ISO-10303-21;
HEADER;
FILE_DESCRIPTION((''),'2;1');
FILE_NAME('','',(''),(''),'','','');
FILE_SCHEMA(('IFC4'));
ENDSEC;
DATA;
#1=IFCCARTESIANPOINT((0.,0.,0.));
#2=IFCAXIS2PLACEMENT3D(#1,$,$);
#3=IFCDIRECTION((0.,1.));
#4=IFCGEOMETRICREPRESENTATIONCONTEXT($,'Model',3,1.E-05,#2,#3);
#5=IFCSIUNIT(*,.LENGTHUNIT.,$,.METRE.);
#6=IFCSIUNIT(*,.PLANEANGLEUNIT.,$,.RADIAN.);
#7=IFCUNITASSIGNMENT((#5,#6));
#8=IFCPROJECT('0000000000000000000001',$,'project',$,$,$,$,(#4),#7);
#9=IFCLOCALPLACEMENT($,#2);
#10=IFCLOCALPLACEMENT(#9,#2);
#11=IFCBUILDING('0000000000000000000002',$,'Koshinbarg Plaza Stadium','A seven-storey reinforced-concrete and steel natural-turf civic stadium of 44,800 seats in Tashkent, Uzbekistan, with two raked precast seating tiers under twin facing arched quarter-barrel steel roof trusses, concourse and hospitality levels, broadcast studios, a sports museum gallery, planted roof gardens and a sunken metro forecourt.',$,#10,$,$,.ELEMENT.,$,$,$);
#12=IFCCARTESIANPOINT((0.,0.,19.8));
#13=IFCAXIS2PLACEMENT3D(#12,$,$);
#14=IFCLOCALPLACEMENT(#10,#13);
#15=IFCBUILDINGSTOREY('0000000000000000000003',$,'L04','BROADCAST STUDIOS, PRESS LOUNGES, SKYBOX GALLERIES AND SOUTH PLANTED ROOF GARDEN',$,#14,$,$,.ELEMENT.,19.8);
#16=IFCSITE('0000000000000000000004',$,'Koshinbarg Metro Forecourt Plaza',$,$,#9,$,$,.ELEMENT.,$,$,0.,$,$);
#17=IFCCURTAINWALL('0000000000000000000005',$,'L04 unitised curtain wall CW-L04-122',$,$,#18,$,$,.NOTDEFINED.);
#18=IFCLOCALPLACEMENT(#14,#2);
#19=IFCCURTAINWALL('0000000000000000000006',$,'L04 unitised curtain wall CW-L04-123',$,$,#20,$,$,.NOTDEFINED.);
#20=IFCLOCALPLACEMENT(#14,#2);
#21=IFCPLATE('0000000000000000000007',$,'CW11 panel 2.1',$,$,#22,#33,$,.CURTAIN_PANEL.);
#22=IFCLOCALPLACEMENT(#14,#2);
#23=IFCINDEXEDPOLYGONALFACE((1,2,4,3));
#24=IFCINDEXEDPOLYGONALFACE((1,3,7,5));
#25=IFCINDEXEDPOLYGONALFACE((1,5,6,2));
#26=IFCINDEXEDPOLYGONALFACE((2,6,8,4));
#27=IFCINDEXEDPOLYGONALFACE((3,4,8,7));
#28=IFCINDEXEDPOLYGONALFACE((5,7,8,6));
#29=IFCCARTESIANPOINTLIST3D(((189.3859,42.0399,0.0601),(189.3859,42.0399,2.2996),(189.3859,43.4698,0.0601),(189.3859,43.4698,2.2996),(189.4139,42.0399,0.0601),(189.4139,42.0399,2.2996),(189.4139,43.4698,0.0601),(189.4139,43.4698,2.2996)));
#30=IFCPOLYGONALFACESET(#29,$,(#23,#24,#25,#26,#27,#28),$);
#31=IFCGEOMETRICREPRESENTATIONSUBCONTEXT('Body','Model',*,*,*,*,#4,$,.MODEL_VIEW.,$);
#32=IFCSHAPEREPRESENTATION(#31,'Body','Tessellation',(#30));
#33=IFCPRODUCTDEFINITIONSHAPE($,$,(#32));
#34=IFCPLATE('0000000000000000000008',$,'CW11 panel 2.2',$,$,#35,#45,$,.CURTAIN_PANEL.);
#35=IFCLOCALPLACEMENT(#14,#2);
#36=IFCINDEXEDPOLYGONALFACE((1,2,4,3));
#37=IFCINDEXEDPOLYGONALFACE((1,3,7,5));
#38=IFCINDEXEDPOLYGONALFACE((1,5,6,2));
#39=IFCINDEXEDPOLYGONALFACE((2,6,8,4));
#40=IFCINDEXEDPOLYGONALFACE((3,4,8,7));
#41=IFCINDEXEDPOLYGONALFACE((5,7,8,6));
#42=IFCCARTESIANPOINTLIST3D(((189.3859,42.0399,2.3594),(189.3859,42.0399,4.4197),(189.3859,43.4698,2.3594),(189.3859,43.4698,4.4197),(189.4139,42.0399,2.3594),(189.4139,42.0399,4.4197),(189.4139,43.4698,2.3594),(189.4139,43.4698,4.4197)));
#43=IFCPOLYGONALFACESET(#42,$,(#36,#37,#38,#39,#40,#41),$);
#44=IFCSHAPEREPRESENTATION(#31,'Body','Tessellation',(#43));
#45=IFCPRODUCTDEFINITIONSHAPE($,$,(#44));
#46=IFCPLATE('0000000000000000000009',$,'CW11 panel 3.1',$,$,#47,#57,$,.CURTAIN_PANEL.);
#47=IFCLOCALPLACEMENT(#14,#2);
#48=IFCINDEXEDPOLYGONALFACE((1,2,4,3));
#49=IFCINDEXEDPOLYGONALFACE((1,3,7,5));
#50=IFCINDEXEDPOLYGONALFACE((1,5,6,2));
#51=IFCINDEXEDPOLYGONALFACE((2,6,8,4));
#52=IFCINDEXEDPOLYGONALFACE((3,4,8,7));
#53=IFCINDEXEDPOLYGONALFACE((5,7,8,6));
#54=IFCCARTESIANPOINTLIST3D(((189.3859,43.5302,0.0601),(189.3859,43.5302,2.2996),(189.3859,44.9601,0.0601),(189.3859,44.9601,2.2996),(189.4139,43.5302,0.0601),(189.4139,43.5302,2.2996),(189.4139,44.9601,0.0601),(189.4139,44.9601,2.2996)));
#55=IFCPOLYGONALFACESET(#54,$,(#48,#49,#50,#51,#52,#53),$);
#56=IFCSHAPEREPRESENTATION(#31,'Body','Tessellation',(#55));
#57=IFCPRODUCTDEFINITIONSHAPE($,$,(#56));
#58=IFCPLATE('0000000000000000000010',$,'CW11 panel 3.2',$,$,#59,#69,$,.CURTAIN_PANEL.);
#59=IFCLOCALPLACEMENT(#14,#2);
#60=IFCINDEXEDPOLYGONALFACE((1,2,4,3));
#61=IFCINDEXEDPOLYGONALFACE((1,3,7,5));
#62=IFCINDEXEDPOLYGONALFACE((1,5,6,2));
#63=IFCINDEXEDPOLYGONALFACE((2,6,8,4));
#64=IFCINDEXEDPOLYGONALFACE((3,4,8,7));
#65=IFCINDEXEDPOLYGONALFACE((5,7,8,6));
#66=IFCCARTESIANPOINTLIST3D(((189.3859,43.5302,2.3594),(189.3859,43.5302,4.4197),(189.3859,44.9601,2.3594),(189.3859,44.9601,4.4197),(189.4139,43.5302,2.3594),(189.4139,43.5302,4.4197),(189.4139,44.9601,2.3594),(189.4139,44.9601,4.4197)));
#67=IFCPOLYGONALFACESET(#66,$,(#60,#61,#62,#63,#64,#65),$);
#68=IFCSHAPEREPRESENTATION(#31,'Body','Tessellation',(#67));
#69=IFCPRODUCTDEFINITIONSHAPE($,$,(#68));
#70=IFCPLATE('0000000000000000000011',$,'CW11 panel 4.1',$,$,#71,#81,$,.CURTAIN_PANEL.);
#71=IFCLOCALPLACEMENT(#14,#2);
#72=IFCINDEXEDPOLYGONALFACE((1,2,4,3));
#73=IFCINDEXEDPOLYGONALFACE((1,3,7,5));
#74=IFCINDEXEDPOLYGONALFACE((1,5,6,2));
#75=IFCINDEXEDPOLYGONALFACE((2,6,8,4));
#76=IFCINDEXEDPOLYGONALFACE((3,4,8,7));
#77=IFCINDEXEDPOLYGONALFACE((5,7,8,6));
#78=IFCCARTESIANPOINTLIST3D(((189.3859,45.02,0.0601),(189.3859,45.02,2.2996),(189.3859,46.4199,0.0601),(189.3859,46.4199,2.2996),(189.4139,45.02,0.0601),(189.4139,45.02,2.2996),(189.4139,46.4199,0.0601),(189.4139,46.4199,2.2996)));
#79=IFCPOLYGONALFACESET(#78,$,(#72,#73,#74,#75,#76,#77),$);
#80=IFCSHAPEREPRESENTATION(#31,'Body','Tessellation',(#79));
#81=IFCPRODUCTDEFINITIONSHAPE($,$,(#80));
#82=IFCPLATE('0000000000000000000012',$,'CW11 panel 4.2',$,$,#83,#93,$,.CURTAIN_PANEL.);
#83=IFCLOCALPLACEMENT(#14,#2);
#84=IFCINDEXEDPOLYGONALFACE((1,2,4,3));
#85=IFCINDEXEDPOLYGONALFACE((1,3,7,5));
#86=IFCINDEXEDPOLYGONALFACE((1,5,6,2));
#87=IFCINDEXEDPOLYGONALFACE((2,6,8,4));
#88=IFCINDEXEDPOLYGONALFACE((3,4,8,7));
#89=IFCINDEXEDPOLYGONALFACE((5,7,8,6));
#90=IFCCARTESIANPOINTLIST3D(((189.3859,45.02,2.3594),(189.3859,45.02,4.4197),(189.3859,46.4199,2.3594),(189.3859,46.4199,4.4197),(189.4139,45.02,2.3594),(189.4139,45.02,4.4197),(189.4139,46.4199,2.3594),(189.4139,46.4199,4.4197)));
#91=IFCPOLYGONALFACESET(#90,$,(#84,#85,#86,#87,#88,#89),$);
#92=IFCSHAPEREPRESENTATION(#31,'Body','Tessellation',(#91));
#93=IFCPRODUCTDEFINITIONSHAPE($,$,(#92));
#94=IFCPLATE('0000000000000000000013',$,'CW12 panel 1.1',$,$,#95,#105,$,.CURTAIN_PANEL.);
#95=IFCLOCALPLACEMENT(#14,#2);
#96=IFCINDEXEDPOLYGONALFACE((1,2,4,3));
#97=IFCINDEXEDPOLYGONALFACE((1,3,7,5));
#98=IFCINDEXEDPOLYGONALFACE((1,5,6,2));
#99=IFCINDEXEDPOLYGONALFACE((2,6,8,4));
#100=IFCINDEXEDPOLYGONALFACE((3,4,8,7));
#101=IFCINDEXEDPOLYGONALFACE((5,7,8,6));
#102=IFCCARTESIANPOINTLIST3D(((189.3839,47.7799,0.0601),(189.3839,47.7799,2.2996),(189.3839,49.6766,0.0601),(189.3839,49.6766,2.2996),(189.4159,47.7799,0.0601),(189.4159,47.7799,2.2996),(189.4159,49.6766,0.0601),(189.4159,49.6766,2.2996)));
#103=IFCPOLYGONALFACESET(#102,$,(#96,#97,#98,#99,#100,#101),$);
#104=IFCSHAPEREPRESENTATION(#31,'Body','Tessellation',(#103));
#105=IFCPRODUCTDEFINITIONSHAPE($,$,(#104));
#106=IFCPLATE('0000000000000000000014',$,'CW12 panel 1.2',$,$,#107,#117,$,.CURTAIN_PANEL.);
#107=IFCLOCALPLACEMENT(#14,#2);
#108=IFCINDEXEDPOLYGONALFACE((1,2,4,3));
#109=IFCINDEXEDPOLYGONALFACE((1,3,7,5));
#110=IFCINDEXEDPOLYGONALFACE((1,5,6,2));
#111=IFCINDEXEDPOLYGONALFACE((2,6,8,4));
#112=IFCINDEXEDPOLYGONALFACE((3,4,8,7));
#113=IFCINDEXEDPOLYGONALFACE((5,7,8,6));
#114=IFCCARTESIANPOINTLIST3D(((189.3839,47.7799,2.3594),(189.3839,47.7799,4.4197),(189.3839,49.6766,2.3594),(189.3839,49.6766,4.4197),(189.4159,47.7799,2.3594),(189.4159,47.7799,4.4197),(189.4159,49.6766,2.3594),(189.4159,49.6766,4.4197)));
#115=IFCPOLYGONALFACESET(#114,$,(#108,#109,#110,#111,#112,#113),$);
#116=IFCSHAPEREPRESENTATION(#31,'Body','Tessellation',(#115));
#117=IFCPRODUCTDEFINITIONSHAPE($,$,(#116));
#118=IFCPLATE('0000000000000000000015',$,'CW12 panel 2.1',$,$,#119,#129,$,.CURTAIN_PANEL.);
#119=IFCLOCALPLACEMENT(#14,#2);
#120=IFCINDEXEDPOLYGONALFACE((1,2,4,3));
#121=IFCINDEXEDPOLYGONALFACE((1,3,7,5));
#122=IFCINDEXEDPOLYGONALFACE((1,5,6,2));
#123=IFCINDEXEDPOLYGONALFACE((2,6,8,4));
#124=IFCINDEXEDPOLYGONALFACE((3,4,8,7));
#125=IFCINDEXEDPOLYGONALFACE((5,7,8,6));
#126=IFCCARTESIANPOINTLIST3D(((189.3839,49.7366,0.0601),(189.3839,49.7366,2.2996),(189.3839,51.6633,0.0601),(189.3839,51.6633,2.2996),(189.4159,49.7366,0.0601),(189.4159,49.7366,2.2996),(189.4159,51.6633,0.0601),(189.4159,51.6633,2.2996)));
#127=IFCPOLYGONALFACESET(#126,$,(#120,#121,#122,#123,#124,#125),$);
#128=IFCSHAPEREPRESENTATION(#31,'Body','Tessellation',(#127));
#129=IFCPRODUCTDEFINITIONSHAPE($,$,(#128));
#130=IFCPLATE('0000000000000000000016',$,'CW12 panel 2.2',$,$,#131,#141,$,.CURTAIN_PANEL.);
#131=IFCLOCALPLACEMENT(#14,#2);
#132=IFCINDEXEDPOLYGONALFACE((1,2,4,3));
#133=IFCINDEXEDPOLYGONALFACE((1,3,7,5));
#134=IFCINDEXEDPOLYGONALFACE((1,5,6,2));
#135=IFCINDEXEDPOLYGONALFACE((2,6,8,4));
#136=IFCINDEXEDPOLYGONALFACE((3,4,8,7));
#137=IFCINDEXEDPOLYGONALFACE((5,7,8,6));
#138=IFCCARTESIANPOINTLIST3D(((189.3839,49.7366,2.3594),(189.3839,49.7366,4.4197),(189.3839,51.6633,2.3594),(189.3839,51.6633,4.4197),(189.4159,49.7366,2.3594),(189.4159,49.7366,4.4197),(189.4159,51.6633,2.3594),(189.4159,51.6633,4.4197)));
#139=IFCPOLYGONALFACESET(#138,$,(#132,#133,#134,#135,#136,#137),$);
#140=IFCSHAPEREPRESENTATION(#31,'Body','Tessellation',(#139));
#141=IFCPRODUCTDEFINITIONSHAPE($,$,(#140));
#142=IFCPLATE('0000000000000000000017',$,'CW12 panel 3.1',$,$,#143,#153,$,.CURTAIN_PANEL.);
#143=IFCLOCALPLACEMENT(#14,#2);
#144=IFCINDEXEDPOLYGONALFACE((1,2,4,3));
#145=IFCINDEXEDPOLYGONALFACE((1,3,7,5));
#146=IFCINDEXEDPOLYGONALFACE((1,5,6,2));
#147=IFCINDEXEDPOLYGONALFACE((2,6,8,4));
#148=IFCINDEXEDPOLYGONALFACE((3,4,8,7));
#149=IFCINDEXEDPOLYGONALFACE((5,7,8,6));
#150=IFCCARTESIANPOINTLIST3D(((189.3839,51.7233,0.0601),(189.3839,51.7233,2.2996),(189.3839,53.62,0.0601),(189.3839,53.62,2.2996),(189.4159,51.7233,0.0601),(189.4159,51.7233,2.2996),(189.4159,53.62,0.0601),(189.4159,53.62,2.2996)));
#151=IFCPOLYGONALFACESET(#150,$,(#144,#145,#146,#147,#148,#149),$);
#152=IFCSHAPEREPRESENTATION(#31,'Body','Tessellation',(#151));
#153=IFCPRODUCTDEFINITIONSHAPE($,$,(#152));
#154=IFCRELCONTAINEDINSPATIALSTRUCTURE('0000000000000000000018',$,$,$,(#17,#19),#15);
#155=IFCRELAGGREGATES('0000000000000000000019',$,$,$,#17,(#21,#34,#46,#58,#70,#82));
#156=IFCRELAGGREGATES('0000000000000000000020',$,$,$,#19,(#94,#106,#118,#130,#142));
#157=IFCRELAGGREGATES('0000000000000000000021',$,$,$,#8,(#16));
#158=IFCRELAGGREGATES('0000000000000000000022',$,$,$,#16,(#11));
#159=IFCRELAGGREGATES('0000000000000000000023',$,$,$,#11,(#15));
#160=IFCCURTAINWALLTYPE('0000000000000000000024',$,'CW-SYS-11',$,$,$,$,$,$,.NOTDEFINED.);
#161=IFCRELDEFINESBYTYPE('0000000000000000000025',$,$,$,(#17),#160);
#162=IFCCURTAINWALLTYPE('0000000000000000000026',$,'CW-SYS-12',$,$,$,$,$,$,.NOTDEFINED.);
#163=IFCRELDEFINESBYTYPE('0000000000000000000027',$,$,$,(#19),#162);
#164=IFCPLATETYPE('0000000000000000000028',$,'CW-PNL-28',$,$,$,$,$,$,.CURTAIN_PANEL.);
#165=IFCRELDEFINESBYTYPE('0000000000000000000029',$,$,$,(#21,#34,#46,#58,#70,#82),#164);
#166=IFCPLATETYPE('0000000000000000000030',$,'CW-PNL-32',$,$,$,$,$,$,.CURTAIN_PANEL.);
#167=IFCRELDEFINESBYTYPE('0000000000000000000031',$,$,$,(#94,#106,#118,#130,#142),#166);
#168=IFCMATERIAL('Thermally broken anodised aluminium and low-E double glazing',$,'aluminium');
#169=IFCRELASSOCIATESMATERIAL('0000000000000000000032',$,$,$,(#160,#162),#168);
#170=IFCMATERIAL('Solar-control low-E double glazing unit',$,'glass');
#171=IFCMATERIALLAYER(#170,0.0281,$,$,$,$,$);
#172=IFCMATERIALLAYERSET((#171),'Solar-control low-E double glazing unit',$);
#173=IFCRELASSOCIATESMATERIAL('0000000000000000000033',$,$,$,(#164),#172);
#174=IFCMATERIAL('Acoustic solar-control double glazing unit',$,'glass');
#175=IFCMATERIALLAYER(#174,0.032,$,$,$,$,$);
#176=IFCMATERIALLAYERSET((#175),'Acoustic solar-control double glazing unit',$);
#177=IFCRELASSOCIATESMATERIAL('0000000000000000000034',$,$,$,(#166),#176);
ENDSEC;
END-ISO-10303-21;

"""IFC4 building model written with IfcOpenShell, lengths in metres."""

from ifc_helpers import new_model, si_unit, direction, frame, origin, origin_2d, place, context, subcontext, project, spatial, rectangle, extrude, material, layer, layer_set, type_object, element, aggregate, save


model = new_model("IFC4")

# Units and contexts
model_context = context("Model", 3, precision=1e-05, world=origin(), true_north=direction((0.0, 1.0)))
body_context = subcontext(model_context, "Body", "Model", "MODEL_VIEW")
ifc_project = project(units=[si_unit("LENGTHUNIT", "METRE"), si_unit("PLANEANGLEUNIT", "RADIAN")], contexts=[model_context])

# Site, building, storey
site_placement = place(None, origin())
site = spatial("IfcSite", under=ifc_project, at=site_placement, Name="Koshinbarg Metro Forecourt Plaza", CompositionType="ELEMENT", RefElevation=0.0)
building_placement = place(site_placement, origin())
building = spatial("IfcBuilding", under=site, at=building_placement, Name="Koshinbarg Plaza Stadium", Description="A seven-storey reinforced-concrete and steel natural-turf civic stadium of 44,800 seats in Tashkent, Uzbekistan, with two raked precast seating tiers under twin facing arched quarter-barrel steel roof trusses, concourse and hospitality levels, broadcast studios, a sports museum gallery, planted roof gardens and a sunken metro forecourt.", CompositionType="ELEMENT")
storey_placement = place(building_placement, frame((0.0, 0.0, 19.8)))
storey = spatial("IfcBuildingStorey", under=building, at=storey_placement, Name="L04", Description="BROADCAST STUDIOS, PRESS LOUNGES, SKYBOX GALLERIES AND SOUTH PLANTED ROOF GARDEN", CompositionType="ELEMENT", Elevation=19.8)

# Curtain walls
ifc_material_1 = material(Name="Thermally broken anodised aluminium and low-E double glazing", Category="aluminium")
curtain_wall_type_1 = type_object("IfcCurtainWallType", Name="CW-SYS-11", PredefinedType="NOTDEFINED", material=ifc_material_1)
curtain_wall_1_placement = place(storey_placement, origin())
curtain_wall_1 = element("IfcCurtainWall", 1, at=curtain_wall_1_placement, inside=storey, type_object=curtain_wall_type_1, Name="L04 unitised curtain wall CW-L04-122", PredefinedType="NOTDEFINED")
curtain_wall_type_2 = type_object("IfcCurtainWallType", Name="CW-SYS-12", PredefinedType="NOTDEFINED", material=ifc_material_1)
curtain_wall_2_placement = place(storey_placement, origin())
curtain_wall_2 = element("IfcCurtainWall", 2, at=curtain_wall_2_placement, inside=storey, type_object=curtain_wall_type_2, Name="L04 unitised curtain wall CW-L04-123", PredefinedType="NOTDEFINED")

# Plates
ifc_material_2 = material(Name="Solar-control low-E double glazing unit", Category="glass")
ifc_layer_1 = layer(ifc_material_2, 0.0281)
ifc_layer_set_1 = layer_set([ifc_layer_1], Name="Solar-control low-E double glazing unit")
plate_type_1 = type_object("IfcPlateType", Name="CW-PNL-28", PredefinedType="CURTAIN_PANEL", material=ifc_layer_set_1)
plate_1_placement = place(storey_placement, frame((189.3999, 42.7549, 0.0601), z_axis=(0.0, 0.0, 1.0), x_axis=(0.0, 1.0, 0.0)))
plate_1 = element("IfcPlate", 3, at=plate_1_placement, type_object=plate_type_1, Name="CW11 panel 2.1", PredefinedType="CURTAIN_PANEL", context=body_context, shape_type="SweptSolid", body=[
    extrude(rectangle(XDim=1.4299, YDim=0.0281, at=origin_2d()), origin(), (0.0, 0.0, 1.0), 2.2395),
])
plate_2_placement = place(storey_placement, frame((189.3999, 42.7549, 2.3594), z_axis=(0.0, 0.0, 1.0), x_axis=(0.0, 1.0, 0.0)))
plate_2 = element("IfcPlate", 4, at=plate_2_placement, type_object=plate_type_1, Name="CW11 panel 2.2", PredefinedType="CURTAIN_PANEL", context=body_context, shape_type="SweptSolid", body=[
    extrude(rectangle(XDim=1.4299, YDim=0.0281, at=origin_2d()), origin(), (0.0, 0.0, 1.0), 2.0603),
])
plate_3_placement = place(storey_placement, frame((189.3999, 44.2451, 0.0601), z_axis=(0.0, 0.0, 1.0), x_axis=(0.0, 1.0, 0.0)))
plate_3 = element("IfcPlate", 5, at=plate_3_placement, type_object=plate_type_1, Name="CW11 panel 3.1", PredefinedType="CURTAIN_PANEL", context=body_context, shape_type="SweptSolid", body=[
    extrude(rectangle(XDim=1.4299, YDim=0.0281, at=origin_2d()), origin(), (0.0, 0.0, 1.0), 2.2395),
])
plate_4_placement = place(storey_placement, frame((189.3999, 44.2451, 2.3594), z_axis=(0.0, 0.0, 1.0), x_axis=(0.0, 1.0, 0.0)))
plate_4 = element("IfcPlate", 6, at=plate_4_placement, type_object=plate_type_1, Name="CW11 panel 3.2", PredefinedType="CURTAIN_PANEL", context=body_context, shape_type="SweptSolid", body=[
    extrude(rectangle(XDim=1.4299, YDim=0.0281, at=origin_2d()), origin(), (0.0, 0.0, 1.0), 2.0603),
])
plate_5_placement = place(storey_placement, frame((189.3999, 45.72, 0.0601), z_axis=(0.0, 0.0, 1.0), x_axis=(0.0, 1.0, 0.0)))
plate_5 = element("IfcPlate", 7, at=plate_5_placement, type_object=plate_type_1, Name="CW11 panel 4.1", PredefinedType="CURTAIN_PANEL", context=body_context, shape_type="SweptSolid", body=[
    extrude(rectangle(XDim=1.3999, YDim=0.0281, at=origin_2d()), origin(), (0.0, 0.0, 1.0), 2.2395),
])
plate_6_placement = place(storey_placement, frame((189.3999, 45.72, 2.3594), z_axis=(0.0, 0.0, 1.0), x_axis=(0.0, 1.0, 0.0)))
plate_6 = element("IfcPlate", 8, at=plate_6_placement, type_object=plate_type_1, Name="CW11 panel 4.2", PredefinedType="CURTAIN_PANEL", context=body_context, shape_type="SweptSolid", body=[
    extrude(rectangle(XDim=1.3999, YDim=0.0281, at=origin_2d()), origin(), (0.0, 0.0, 1.0), 2.0603),
])
aggregate(curtain_wall_1, [plate_1, plate_2, plate_3, plate_4, plate_5, plate_6])
ifc_material_3 = material(Name="Acoustic solar-control double glazing unit", Category="glass")
ifc_layer_2 = layer(ifc_material_3, 0.032)
ifc_layer_set_2 = layer_set([ifc_layer_2], Name="Acoustic solar-control double glazing unit")
plate_type_2 = type_object("IfcPlateType", Name="CW-PNL-32", PredefinedType="CURTAIN_PANEL", material=ifc_layer_set_2)
plate_7_placement = place(storey_placement, frame((189.3999, 48.7283, 0.0601), z_axis=(0.0, 0.0, 1.0), x_axis=(0.0, 1.0, 0.0)))
plate_7 = element("IfcPlate", 9, at=plate_7_placement, type_object=plate_type_2, Name="CW12 panel 1.1", PredefinedType="CURTAIN_PANEL", context=body_context, shape_type="SweptSolid", body=[
    extrude(rectangle(XDim=1.8967, YDim=0.032, at=origin_2d()), origin(), (0.0, 0.0, 1.0), 2.2395),
])
plate_8_placement = place(storey_placement, frame((189.3999, 48.7283, 2.3594), z_axis=(0.0, 0.0, 1.0), x_axis=(0.0, 1.0, 0.0)))
plate_8 = element("IfcPlate", 10, at=plate_8_placement, type_object=plate_type_2, Name="CW12 panel 1.2", PredefinedType="CURTAIN_PANEL", context=body_context, shape_type="SweptSolid", body=[
    extrude(rectangle(XDim=1.8967, YDim=0.032, at=origin_2d()), origin(), (0.0, 0.0, 1.0), 2.0603),
])
plate_9_placement = place(storey_placement, frame((189.3999, 50.7, 0.0601), z_axis=(0.0, 0.0, 1.0), x_axis=(0.0, 1.0, 0.0)))
plate_9 = element("IfcPlate", 11, at=plate_9_placement, type_object=plate_type_2, Name="CW12 panel 2.1", PredefinedType="CURTAIN_PANEL", context=body_context, shape_type="SweptSolid", body=[
    extrude(rectangle(XDim=1.9268, YDim=0.032, at=origin_2d()), origin(), (0.0, 0.0, 1.0), 2.2395),
])
plate_10_placement = place(storey_placement, frame((189.3999, 50.7, 2.3594), z_axis=(0.0, 0.0, 1.0), x_axis=(0.0, 1.0, 0.0)))
plate_10 = element("IfcPlate", 12, at=plate_10_placement, type_object=plate_type_2, Name="CW12 panel 2.2", PredefinedType="CURTAIN_PANEL", context=body_context, shape_type="SweptSolid", body=[
    extrude(rectangle(XDim=1.9268, YDim=0.032, at=origin_2d()), origin(), (0.0, 0.0, 1.0), 2.0603),
])
plate_11_placement = place(storey_placement, frame((189.3999, 52.6716, 0.0601), z_axis=(0.0, 0.0, 1.0), x_axis=(0.0, 1.0, 0.0)))
plate_11 = element("IfcPlate", 13, at=plate_11_placement, type_object=plate_type_2, Name="CW12 panel 3.1", PredefinedType="CURTAIN_PANEL", context=body_context, shape_type="SweptSolid", body=[
    extrude(rectangle(XDim=1.8967, YDim=0.032, at=origin_2d()), origin(), (0.0, 0.0, 1.0), 2.2395),
])
aggregate(curtain_wall_2, [plate_7, plate_8, plate_9, plate_10, plate_11])

save(model, "model.ifc")
